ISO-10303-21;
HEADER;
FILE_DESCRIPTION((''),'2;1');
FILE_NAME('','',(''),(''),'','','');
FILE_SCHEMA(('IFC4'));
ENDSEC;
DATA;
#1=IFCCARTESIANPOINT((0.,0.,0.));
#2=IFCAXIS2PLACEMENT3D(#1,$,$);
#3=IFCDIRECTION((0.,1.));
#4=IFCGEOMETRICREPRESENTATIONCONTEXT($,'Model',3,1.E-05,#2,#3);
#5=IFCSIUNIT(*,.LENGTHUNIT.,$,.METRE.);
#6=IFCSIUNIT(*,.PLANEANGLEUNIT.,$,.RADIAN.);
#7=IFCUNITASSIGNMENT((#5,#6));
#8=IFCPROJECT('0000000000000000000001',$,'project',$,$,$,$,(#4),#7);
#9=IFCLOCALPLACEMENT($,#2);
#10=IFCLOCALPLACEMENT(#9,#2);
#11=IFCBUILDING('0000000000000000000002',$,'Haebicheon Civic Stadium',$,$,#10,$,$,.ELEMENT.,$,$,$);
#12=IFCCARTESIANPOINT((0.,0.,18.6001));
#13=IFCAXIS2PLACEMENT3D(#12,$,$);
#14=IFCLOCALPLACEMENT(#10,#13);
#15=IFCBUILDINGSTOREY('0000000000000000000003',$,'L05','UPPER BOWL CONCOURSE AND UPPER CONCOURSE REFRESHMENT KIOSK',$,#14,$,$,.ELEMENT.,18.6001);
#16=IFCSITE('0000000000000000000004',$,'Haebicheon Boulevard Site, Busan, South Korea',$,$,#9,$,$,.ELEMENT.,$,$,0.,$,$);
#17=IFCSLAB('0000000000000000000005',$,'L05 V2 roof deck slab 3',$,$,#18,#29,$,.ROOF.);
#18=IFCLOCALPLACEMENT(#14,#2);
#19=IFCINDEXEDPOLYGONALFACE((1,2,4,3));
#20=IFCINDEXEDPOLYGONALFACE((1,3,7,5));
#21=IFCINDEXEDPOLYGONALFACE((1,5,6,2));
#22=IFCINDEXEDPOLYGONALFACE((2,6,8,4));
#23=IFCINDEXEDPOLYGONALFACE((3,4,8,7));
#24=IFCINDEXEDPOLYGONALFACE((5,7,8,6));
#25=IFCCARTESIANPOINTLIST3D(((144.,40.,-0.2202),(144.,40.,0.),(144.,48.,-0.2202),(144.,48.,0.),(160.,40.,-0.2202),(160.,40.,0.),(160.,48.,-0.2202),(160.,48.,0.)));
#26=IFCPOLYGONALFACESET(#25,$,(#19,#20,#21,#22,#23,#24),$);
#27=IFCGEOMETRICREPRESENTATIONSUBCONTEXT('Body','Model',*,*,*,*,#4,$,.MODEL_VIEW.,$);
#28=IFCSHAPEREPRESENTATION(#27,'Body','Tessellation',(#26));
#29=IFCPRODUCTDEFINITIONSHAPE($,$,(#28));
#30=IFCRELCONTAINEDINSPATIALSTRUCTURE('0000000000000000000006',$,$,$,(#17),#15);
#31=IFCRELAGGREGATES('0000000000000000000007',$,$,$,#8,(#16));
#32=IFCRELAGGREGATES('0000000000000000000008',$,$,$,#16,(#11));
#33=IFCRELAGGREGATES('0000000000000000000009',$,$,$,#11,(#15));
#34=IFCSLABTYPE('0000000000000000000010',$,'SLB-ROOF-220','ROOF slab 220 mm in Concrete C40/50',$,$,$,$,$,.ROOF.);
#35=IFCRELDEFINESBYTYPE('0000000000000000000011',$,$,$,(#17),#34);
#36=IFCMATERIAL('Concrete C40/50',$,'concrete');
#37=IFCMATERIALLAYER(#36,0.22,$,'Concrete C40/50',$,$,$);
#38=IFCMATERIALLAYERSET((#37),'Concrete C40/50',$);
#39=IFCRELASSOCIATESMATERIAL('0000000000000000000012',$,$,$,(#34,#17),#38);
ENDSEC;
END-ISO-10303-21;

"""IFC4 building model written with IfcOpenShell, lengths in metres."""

from ifc_helpers import new_model, si_unit, direction, frame, origin, place, context, subcontext, project, spatial, polyline, outline, extrude, material, layer, layer_set, type_object, element, save


model = new_model("IFC4")

# Units and contexts
model_context = context("Model", 3, precision=1e-05, world=origin(), true_north=direction((0.0, 1.0)))
body_context = subcontext(model_context, "Body", "Model", "MODEL_VIEW")
ifc_project = project(units=[si_unit("LENGTHUNIT", "METRE"), si_unit("PLANEANGLEUNIT", "RADIAN")], contexts=[model_context])

# Site, building, storey
site_placement = place(None, origin())
site = spatial("IfcSite", under=ifc_project, at=site_placement, Name="Haebicheon Boulevard Site, Busan, South Korea", CompositionType="ELEMENT", RefElevation=0.0)
building_placement = place(site_placement, origin())
building = spatial("IfcBuilding", under=site, at=building_placement, Name="Haebicheon Civic Stadium", CompositionType="ELEMENT")
storey_placement = place(building_placement, frame((0.0, 0.0, 18.6001)))
storey = spatial("IfcBuildingStorey", under=building, at=storey_placement, Name="L05", Description="UPPER BOWL CONCOURSE AND UPPER CONCOURSE REFRESHMENT KIOSK", CompositionType="ELEMENT", Elevation=18.6001)

# Slab
ifc_material_1 = material(Name="Concrete C40/50", Category="concrete")
ifc_layer_1 = layer(ifc_material_1, 0.22, Name="Concrete C40/50")
ifc_layer_set_1 = layer_set([ifc_layer_1], Name="Concrete C40/50")
slab_type_1 = type_object("IfcSlabType", Name="SLB-ROOF-220", Description="ROOF slab 220 mm in Concrete C40/50", PredefinedType="ROOF", material=ifc_layer_set_1)
slab_1_placement = place(storey_placement, frame((0.0, 0.0, -0.2202)))
element("IfcSlab", 1, at=slab_1_placement, inside=storey, type_object=slab_type_1, material=ifc_layer_set_1, Name="L05 V2 roof deck slab 3", PredefinedType="ROOF", context=body_context, shape_type="SweptSolid", body=[
    extrude(outline(polyline([(160.0, 40.0), (144.0, 40.0), (144.0, 48.0), (160.0, 48.0), (160.0, 40.0)])), origin(), (0.0, 0.0, 1.0), 0.2202),
])

save(model, "model.ifc")
